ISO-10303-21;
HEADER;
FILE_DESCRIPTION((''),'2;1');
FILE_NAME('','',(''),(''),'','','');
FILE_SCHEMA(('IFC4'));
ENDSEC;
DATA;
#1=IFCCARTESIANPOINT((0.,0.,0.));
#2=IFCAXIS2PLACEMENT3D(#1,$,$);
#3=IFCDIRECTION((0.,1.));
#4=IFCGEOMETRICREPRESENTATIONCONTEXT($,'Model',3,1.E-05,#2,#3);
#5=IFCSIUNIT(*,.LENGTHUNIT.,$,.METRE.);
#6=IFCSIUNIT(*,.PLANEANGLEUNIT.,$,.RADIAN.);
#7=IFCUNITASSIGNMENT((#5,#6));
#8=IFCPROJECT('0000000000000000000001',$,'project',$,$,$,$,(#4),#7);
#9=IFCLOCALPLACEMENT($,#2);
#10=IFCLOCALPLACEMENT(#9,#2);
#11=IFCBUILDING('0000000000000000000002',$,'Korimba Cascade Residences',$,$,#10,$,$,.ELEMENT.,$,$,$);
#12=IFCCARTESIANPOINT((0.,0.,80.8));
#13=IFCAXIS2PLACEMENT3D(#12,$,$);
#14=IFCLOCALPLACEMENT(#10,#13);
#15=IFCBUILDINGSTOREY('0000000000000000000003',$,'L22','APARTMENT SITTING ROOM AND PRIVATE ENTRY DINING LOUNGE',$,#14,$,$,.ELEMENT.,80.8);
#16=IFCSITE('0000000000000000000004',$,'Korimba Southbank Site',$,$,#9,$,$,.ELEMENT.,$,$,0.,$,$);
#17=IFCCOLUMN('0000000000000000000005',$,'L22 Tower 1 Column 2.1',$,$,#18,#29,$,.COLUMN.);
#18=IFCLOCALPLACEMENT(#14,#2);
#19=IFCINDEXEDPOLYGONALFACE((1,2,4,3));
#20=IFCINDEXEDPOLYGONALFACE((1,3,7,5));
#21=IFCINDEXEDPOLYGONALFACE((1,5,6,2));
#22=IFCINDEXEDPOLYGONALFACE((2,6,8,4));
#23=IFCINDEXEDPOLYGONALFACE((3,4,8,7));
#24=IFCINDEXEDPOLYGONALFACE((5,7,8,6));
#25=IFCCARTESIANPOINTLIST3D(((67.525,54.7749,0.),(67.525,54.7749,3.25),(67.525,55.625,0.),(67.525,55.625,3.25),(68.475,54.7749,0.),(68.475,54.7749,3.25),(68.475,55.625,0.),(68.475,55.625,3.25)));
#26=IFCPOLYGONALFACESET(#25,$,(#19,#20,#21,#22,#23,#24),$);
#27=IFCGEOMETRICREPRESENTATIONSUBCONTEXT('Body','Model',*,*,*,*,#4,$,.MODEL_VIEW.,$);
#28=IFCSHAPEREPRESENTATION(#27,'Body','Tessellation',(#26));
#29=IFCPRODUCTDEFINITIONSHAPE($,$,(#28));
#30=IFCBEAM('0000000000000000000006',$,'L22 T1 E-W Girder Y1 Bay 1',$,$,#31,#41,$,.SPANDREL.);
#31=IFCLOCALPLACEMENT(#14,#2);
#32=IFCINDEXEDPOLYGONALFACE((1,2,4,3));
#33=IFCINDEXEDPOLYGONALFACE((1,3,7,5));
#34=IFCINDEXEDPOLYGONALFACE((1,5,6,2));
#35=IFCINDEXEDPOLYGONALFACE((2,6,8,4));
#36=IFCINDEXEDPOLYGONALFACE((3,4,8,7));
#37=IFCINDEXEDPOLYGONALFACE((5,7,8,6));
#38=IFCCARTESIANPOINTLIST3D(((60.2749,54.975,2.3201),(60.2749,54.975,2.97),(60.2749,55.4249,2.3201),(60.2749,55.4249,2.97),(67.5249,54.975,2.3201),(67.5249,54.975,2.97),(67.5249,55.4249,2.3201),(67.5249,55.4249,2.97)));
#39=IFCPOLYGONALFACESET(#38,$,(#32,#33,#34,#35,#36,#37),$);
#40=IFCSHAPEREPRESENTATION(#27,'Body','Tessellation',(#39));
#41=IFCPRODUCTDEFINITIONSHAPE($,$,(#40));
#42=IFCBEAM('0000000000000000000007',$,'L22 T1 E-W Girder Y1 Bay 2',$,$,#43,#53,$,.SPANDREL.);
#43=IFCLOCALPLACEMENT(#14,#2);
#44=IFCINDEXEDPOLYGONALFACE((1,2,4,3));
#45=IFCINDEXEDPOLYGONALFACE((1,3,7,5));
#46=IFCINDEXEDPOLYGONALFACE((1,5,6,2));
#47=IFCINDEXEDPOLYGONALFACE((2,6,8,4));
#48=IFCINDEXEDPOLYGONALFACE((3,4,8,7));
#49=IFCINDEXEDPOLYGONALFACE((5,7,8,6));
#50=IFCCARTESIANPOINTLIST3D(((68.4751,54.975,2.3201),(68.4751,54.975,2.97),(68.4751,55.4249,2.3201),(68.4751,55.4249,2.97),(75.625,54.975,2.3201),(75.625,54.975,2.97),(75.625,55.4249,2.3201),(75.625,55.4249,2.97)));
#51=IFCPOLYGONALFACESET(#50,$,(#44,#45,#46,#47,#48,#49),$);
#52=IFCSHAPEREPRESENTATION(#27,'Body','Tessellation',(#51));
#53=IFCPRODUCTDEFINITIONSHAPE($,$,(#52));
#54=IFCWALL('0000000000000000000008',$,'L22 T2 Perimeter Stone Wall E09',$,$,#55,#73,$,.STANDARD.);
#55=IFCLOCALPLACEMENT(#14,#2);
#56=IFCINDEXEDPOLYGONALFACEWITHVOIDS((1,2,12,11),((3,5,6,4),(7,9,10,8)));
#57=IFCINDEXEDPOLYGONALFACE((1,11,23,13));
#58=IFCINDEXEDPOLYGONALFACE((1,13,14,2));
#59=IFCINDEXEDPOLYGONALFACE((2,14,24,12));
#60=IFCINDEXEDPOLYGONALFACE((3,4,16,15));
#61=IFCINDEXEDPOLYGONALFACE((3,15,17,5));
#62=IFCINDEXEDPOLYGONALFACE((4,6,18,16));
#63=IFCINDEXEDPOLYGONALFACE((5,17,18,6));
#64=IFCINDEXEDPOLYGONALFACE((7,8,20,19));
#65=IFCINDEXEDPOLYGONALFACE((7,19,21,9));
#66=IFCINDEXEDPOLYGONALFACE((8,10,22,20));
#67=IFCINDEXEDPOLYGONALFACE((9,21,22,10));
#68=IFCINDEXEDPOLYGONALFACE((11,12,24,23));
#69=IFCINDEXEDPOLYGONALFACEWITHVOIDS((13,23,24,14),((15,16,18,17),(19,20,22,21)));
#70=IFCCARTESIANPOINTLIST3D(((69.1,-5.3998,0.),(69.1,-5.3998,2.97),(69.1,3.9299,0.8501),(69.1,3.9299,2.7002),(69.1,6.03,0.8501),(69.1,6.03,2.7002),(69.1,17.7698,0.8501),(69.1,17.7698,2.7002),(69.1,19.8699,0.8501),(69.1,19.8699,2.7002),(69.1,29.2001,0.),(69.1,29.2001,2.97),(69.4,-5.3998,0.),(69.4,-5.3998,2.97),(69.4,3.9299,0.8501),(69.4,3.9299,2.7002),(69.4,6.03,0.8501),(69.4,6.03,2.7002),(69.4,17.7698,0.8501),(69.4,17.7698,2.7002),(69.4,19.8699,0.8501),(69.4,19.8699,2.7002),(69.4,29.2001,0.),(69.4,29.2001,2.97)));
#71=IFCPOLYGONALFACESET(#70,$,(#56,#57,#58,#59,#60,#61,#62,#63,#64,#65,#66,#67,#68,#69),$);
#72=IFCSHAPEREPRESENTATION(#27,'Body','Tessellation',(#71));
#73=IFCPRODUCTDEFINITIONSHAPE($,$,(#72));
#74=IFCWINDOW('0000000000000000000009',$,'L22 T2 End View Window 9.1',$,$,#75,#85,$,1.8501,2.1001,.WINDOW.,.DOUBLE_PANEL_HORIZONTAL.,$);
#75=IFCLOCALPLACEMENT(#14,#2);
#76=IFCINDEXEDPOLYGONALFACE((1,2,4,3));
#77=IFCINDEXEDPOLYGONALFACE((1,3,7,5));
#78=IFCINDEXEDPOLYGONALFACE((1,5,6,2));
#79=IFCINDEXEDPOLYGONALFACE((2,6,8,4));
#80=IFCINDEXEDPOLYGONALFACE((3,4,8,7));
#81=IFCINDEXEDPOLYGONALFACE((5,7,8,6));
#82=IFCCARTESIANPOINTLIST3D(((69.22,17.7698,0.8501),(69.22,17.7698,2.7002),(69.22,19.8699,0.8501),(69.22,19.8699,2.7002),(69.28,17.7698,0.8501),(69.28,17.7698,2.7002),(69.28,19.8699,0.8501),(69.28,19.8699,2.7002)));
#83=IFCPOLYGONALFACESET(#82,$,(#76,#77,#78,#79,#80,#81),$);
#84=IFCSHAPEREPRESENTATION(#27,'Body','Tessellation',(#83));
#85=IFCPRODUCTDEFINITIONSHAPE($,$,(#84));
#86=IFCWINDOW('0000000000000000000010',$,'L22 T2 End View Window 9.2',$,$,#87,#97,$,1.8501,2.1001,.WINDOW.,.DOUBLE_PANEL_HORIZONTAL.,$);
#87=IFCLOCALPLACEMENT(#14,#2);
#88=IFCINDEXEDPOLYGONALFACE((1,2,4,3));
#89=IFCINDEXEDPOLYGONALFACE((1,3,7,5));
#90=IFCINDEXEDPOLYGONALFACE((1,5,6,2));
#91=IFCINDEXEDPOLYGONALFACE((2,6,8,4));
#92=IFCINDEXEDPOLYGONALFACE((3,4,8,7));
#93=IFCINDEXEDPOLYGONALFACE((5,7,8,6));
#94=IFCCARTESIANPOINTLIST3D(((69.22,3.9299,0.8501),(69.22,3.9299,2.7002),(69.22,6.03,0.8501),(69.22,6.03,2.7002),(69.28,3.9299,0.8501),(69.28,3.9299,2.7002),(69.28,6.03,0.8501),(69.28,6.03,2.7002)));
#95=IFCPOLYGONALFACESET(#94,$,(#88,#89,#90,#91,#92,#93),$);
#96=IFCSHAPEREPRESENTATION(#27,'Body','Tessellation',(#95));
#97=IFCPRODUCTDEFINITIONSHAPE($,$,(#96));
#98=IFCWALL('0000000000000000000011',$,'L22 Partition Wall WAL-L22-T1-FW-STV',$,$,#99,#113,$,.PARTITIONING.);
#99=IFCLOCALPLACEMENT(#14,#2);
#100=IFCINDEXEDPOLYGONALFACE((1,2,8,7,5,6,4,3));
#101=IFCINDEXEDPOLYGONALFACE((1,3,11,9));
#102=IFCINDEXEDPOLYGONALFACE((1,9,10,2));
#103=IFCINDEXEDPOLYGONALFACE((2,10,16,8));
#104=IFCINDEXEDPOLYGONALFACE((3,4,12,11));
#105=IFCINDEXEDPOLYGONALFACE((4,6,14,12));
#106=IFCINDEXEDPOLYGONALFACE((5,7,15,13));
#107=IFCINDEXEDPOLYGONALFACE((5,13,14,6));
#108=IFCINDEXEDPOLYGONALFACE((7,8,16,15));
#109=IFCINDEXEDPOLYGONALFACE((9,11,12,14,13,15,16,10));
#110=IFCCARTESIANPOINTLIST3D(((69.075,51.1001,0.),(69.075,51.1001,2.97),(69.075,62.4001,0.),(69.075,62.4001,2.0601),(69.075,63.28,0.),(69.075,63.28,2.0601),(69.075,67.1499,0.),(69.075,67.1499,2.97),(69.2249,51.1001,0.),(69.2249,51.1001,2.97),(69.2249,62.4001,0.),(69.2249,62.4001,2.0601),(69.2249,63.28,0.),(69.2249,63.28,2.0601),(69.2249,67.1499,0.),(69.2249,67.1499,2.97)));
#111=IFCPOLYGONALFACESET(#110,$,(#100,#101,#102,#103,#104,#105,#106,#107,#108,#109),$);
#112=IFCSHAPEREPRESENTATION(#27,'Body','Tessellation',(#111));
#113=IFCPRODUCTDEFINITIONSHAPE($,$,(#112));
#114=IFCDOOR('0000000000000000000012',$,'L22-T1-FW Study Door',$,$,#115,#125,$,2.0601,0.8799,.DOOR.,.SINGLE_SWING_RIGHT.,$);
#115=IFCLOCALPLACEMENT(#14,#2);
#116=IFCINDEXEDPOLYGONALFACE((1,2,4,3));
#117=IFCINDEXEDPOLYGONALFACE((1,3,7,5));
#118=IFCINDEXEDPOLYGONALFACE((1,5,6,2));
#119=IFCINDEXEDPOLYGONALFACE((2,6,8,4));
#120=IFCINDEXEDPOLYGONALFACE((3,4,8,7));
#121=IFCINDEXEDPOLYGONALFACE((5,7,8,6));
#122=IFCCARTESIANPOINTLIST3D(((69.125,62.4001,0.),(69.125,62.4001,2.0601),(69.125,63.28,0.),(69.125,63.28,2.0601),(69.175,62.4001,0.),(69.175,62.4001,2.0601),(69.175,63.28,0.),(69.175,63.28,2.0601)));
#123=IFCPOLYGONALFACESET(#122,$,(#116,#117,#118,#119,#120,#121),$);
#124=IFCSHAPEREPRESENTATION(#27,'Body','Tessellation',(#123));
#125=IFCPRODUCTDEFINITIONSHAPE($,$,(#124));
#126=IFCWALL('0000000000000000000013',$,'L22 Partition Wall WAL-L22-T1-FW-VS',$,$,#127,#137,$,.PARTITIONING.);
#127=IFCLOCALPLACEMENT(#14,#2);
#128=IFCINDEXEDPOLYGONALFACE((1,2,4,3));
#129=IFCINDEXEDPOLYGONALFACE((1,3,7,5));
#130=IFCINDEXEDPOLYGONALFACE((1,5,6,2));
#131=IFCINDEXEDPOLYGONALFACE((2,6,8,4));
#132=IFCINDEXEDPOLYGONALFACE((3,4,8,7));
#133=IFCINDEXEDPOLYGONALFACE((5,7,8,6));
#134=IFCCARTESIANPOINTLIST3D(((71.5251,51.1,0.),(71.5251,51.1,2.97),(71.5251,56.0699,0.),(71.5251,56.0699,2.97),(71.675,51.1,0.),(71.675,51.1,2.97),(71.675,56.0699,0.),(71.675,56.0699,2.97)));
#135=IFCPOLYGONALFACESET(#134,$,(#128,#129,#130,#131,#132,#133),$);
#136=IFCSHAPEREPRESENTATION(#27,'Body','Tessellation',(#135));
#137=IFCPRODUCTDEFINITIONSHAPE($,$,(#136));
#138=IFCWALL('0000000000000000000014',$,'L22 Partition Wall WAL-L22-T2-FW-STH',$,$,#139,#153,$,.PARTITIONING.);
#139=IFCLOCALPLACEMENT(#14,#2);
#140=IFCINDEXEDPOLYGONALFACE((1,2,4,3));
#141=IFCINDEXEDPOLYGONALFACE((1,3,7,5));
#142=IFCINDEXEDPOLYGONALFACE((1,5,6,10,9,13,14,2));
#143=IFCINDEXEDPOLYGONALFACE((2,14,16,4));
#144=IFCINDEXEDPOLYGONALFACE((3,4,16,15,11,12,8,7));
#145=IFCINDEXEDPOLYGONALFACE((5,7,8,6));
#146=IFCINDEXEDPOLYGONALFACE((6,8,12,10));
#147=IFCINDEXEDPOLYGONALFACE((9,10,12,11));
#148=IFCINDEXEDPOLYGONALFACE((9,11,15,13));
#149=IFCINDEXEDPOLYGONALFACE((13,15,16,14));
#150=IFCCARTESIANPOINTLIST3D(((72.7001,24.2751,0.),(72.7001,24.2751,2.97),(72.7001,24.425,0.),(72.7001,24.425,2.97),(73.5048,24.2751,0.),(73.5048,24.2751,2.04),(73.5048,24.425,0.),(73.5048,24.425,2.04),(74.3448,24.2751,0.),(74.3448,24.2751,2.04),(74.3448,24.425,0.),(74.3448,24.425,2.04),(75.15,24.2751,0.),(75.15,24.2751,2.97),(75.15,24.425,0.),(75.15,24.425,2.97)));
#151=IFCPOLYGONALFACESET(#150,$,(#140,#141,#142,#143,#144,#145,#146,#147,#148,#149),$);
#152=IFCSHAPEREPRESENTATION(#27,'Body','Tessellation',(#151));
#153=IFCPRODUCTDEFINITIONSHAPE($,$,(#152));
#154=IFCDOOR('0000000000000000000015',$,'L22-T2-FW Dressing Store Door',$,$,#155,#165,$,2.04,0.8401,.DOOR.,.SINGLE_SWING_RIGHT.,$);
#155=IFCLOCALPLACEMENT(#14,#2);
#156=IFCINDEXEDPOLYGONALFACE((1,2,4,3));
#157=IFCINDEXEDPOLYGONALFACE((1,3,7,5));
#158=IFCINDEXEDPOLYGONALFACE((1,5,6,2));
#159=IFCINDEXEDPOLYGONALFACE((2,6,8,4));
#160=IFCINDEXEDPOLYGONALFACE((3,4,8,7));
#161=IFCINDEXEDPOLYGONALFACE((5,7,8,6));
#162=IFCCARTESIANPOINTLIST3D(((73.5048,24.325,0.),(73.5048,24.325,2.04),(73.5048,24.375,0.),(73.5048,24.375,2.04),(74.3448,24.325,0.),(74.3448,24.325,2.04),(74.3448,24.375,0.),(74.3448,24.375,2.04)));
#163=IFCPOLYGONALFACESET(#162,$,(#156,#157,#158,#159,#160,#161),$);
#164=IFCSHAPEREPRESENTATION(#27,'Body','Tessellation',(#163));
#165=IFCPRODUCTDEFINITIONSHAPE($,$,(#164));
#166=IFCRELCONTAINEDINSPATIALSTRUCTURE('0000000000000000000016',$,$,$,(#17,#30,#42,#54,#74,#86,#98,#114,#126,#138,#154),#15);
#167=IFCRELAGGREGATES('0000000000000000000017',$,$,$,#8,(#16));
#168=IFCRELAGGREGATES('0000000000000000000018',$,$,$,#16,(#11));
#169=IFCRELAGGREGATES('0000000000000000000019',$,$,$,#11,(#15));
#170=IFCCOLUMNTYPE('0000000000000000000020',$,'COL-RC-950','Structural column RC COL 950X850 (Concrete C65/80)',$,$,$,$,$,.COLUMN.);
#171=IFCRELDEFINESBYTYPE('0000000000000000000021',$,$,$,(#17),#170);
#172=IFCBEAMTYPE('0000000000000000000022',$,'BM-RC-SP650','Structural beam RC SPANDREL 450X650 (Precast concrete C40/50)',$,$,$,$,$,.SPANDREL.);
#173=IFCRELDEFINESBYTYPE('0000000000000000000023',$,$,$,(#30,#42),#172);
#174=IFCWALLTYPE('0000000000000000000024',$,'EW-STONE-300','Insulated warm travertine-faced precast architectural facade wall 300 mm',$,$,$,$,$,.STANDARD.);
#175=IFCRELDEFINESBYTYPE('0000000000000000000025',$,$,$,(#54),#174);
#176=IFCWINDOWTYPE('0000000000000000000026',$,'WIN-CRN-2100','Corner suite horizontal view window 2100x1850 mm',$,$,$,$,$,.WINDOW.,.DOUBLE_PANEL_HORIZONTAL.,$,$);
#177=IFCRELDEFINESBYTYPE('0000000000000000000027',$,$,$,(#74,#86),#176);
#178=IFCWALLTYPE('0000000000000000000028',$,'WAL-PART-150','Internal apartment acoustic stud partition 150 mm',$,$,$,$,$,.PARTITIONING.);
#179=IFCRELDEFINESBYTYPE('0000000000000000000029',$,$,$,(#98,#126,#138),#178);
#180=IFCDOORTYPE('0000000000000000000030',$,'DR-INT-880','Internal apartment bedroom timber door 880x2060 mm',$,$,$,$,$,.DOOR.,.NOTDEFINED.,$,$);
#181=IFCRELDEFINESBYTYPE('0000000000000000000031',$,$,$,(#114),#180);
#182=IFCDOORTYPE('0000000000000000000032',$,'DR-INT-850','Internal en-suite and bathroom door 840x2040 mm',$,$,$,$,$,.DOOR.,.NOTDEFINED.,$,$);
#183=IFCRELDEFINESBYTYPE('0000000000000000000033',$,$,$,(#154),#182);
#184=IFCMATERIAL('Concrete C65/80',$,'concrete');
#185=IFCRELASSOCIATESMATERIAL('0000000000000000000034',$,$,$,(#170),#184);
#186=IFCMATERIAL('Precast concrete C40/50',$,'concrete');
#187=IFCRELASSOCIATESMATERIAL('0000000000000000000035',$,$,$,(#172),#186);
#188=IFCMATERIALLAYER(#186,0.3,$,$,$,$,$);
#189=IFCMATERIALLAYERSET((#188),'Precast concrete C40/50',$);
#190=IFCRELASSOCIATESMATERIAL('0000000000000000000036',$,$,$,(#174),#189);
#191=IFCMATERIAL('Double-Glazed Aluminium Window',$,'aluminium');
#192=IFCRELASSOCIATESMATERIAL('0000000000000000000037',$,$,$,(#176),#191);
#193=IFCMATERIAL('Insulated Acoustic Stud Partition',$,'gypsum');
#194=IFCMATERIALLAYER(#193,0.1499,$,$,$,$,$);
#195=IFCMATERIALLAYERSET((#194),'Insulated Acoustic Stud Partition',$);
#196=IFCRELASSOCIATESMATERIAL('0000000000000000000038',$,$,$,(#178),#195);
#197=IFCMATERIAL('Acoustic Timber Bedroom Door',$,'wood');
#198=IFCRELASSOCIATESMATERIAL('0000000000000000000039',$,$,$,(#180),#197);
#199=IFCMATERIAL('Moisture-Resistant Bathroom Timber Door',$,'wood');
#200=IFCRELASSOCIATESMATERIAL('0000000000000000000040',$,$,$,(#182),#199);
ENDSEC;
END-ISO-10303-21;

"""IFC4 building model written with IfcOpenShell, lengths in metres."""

from ifc_helpers import new_model, si_unit, direction, frame, frame_2d, origin, origin_2d, place, context, subcontext, project, spatial, rectangle, extrude, material, layer, layer_set, material_profile, profile_set, type_object, element, fill, save


model = new_model("IFC4")

# Units and contexts
model_context = context("Model", 3, precision=1e-05, world=origin(), true_north=direction((0.0, 1.0)))
body_context = subcontext(model_context, "Body", "Model", "MODEL_VIEW")
ifc_project = project(units=[si_unit("LENGTHUNIT", "METRE"), si_unit("PLANEANGLEUNIT", "RADIAN")], contexts=[model_context])

# Site, building, storey
site_placement = place(None, origin())
site = spatial("IfcSite", under=ifc_project, at=site_placement, Name="Korimba Southbank Site", CompositionType="ELEMENT", RefElevation=0.0)
building_placement = place(site_placement, origin())
building = spatial("IfcBuilding", under=site, at=building_placement, Name="Korimba Cascade Residences", CompositionType="ELEMENT")
storey_placement = place(building_placement, frame((0.0, 0.0, 80.8)))
storey = spatial("IfcBuildingStorey", under=building, at=storey_placement, Name="L22", Description="APARTMENT SITTING ROOM AND PRIVATE ENTRY DINING LOUNGE", CompositionType="ELEMENT", Elevation=80.8)

# Column
ifc_material_1 = material(Name="Concrete C65/80", Category="concrete")
ifc_material_profile_1 = material_profile(ifc_material_1, rectangle(XDim=0.95, YDim=0.8501, at=origin_2d()), Name="Concrete C65/80")
ifc_profile_set_1 = profile_set([ifc_material_profile_1], Name="Concrete C65/80")
column_type = type_object("IfcColumnType", Name="COL-RC-950", Description="Structural column RC COL 950X850 (Concrete C65/80)", PredefinedType="COLUMN", material=ifc_profile_set_1)
column_placement = place(storey_placement, frame((68.0, 55.2, 0.0), z_axis=(0.0, 0.0, 1.0), x_axis=(1.0, 0.0, 0.0)))
element("IfcColumn", 1, at=column_placement, inside=storey, type_object=column_type, Name="L22 Tower 1 Column 2.1", PredefinedType="COLUMN", context=body_context, shape_type="SweptSolid", body=[
    extrude(rectangle(XDim=0.95, YDim=0.8501, at=origin_2d()), origin(), (0.0, 0.0, 1.0), 3.25),
])

# Beams
ifc_material_2 = material(Name="Precast concrete C40/50", Category="concrete")
ifc_material_profile_2 = material_profile(ifc_material_2, rectangle(XDim=0.45, YDim=0.6499, at=origin_2d()), Name="Precast concrete C40/50")
ifc_profile_set_2 = profile_set([ifc_material_profile_2], Name="Precast concrete C40/50")
beam_type = type_object("IfcBeamType", Name="BM-RC-SP650", Description="Structural beam RC SPANDREL 450X650 (Precast concrete C40/50)", PredefinedType="SPANDREL", material=ifc_profile_set_2)
beam_1_placement = place(storey_placement, frame((60.2749, 55.2, 2.645), z_axis=(1.0, 0.0, 0.0), x_axis=(0.0, 1.0, 0.0)))
element("IfcBeam", 2, at=beam_1_placement, inside=storey, type_object=beam_type, Name="L22 T1 E-W Girder Y1 Bay 1", PredefinedType="SPANDREL", context=body_context, shape_type="SweptSolid", body=[
    extrude(rectangle(XDim=0.45, YDim=0.6499, at=origin_2d()), origin(), (0.0, 0.0, 1.0), 7.25),
])
beam_2_placement = place(storey_placement, frame((68.4751, 55.2, 2.645), z_axis=(1.0, 0.0, 0.0), x_axis=(0.0, 1.0, 0.0)))
element("IfcBeam", 3, at=beam_2_placement, inside=storey, type_object=beam_type, Name="L22 T1 E-W Girder Y1 Bay 2", PredefinedType="SPANDREL", context=body_context, shape_type="SweptSolid", body=[
    extrude(rectangle(XDim=0.45, YDim=0.6499, at=origin_2d()), origin(), (0.0, 0.0, 1.0), 7.1499),
])

# Wall, openings, windows
ifc_layer_1 = layer(ifc_material_2, 0.3)
ifc_layer_set_1 = layer_set([ifc_layer_1], Name="Precast concrete C40/50")
wall_type_1 = type_object("IfcWallType", Name="EW-STONE-300", Description="Insulated warm travertine-faced precast architectural facade wall 300 mm", PredefinedType="STANDARD", material=ifc_layer_set_1)
wall_1_placement = place(storey_placement, frame((69.25, 29.2, 0.0), z_axis=(0.0, 0.0, 1.0), x_axis=(0.0, -1.0, 0.0)))
wall_1 = element("IfcWall", 4, at=wall_1_placement, inside=storey, type_object=wall_type_1, Name="L22 T2 Perimeter Stone Wall E09", PredefinedType="STANDARD", context=body_context, shape_type="SweptSolid", body=[
    extrude(rectangle(XDim=34.5999, YDim=0.3, at=frame_2d((17.2998, 0.0))), origin(), (0.0, 0.0, 1.0), 2.97),
])
opening_1_placement = place(wall_1_placement, frame((9.3301, 0.0, 0.8501)))
opening_1 = element("IfcOpeningElement", 5, at=opening_1_placement, cuts=wall_1, PredefinedType="OPENING", context=body_context, shape_type="SweptSolid", body=[
    extrude(rectangle(XDim=2.1001, YDim=1.8501, at=frame_2d((1.05, 0.925))), frame((0.0, 0.1602, 0.0), z_axis=(0.0, -1.0, 0.0), x_axis=(1.0, 0.0, 0.0)), (0.0, 0.0, 1.0), 0.3201),
])
opening_2_placement = place(wall_1_placement, frame((23.1699, 0.0, 0.8501)))
opening_2 = element("IfcOpeningElement", 6, at=opening_2_placement, cuts=wall_1, PredefinedType="OPENING", context=body_context, shape_type="SweptSolid", body=[
    extrude(rectangle(XDim=2.1001, YDim=1.8501, at=frame_2d((1.05, 0.925))), frame((0.0, 0.1602, 0.0), z_axis=(0.0, -1.0, 0.0), x_axis=(1.0, 0.0, 0.0)), (0.0, 0.0, 1.0), 0.3201),
])
ifc_material_3 = material(Name="Double-Glazed Aluminium Window", Category="aluminium")
window_type = type_object("IfcWindowType", Name="WIN-CRN-2100", Description="Corner suite horizontal view window 2100x1850 mm", PartitioningType="DOUBLE_PANEL_HORIZONTAL", PredefinedType="WINDOW", material=ifc_material_3)
window_1_placement = place(opening_1_placement, origin())
window_1 = element("IfcWindow", 7, at=window_1_placement, inside=storey, type_object=window_type, Name="L22 T2 End View Window 9.1", OverallHeight=1.8501, OverallWidth=2.1001, PartitioningType="DOUBLE_PANEL_HORIZONTAL", PredefinedType="WINDOW", context=body_context, shape_type="SweptSolid", body=[
    extrude(rectangle(XDim=2.1001, YDim=1.8501, at=frame_2d((1.05, 0.925))), frame((0.0, 0.03, 0.0), z_axis=(0.0, -1.0, 0.0), x_axis=(1.0, 0.0, 0.0)), (0.0, 0.0, 1.0), 0.0601),
])
fill(opening_1, window_1)
window_2_placement = place(opening_2_placement, origin())
window_2 = element("IfcWindow", 8, at=window_2_placement, inside=storey, type_object=window_type, Name="L22 T2 End View Window 9.2", OverallHeight=1.8501, OverallWidth=2.1001, PartitioningType="DOUBLE_PANEL_HORIZONTAL", PredefinedType="WINDOW", context=body_context, shape_type="SweptSolid", body=[
    extrude(rectangle(XDim=2.1001, YDim=1.8501, at=frame_2d((1.05, 0.925))), frame((0.0, 0.03, 0.0), z_axis=(0.0, -1.0, 0.0), x_axis=(1.0, 0.0, 0.0)), (0.0, 0.0, 1.0), 0.0601),
])
fill(opening_2, window_2)

# Wall, opening, door
ifc_material_4 = material(Name="Insulated Acoustic Stud Partition", Category="gypsum")
ifc_layer_2 = layer(ifc_material_4, 0.1499)
ifc_layer_set_2 = layer_set([ifc_layer_2], Name="Insulated Acoustic Stud Partition")
wall_type_2 = type_object("IfcWallType", Name="WAL-PART-150", Description="Internal apartment acoustic stud partition 150 mm", PredefinedType="PARTITIONING", material=ifc_layer_set_2)
wall_2_placement = place(storey_placement, frame((69.1499, 51.1001, 0.0), z_axis=(0.0, 0.0, 1.0), x_axis=(0.0, 1.0, 0.0)))
wall_2 = element("IfcWall", 9, at=wall_2_placement, inside=storey, type_object=wall_type_2, Name="L22 Partition Wall WAL-L22-T1-FW-STV", PredefinedType="PARTITIONING", context=body_context, shape_type="SweptSolid", body=[
    extrude(rectangle(XDim=16.0498, YDim=0.1499, at=frame_2d((8.0249, 0.0))), origin(), (0.0, 0.0, 1.0), 2.97),
])
opening_3_placement = place(wall_2_placement, frame((11.3, 0.0, 0.0)))
opening_3 = element("IfcOpeningElement", 10, at=opening_3_placement, cuts=wall_2, PredefinedType="OPENING", context=body_context, shape_type="SweptSolid", body=[
    extrude(rectangle(XDim=0.8799, YDim=2.0601, at=frame_2d((0.4399, 1.03))), frame((0.0, 0.085, 0.0), z_axis=(0.0, -1.0, 0.0), x_axis=(1.0, 0.0, 0.0)), (0.0, 0.0, 1.0), 0.1699),
])
ifc_material_5 = material(Name="Acoustic Timber Bedroom Door", Category="wood")
door_type_1 = type_object("IfcDoorType", Name="DR-INT-880", Description="Internal apartment bedroom timber door 880x2060 mm", OperationType="NOTDEFINED", PredefinedType="DOOR", material=ifc_material_5)
door_1_placement = place(opening_3_placement, origin())
door_1 = element("IfcDoor", 11, at=door_1_placement, inside=storey, type_object=door_type_1, Name="L22-T1-FW Study Door", OperationType="SINGLE_SWING_RIGHT", OverallHeight=2.0601, OverallWidth=0.8799, PredefinedType="DOOR", context=body_context, shape_type="SweptSolid", body=[
    extrude(rectangle(XDim=0.8799, YDim=2.0601, at=frame_2d((0.4399, 1.03))), frame((0.0, 0.0249, 0.0), z_axis=(0.0, -1.0, 0.0), x_axis=(1.0, 0.0, 0.0)), (0.0, 0.0, 1.0), 0.05),
])
fill(opening_3, door_1)

# Wall
wall_3_placement = place(storey_placement, frame((71.6001, 51.1001, 0.0), z_axis=(0.0, 0.0, 1.0), x_axis=(0.0, 1.0, 0.0)))
element("IfcWall", 12, at=wall_3_placement, inside=storey, type_object=wall_type_2, Name="L22 Partition Wall WAL-L22-T1-FW-VS", PredefinedType="PARTITIONING", context=body_context, shape_type="SweptSolid", body=[
    extrude(rectangle(XDim=4.97, YDim=0.1499, at=frame_2d((2.4849, 0.0))), origin(), (0.0, 0.0, 1.0), 2.97),
])

# Wall, opening, door
wall_4_placement = place(storey_placement, frame((72.7, 24.3501, 0.0), z_axis=(0.0, 0.0, 1.0), x_axis=(1.0, 0.0, 0.0)))
wall_4 = element("IfcWall", 13, at=wall_4_placement, inside=storey, type_object=wall_type_2, Name="L22 Partition Wall WAL-L22-T2-FW-STH", PredefinedType="PARTITIONING", context=body_context, shape_type="SweptSolid", body=[
    extrude(rectangle(XDim=2.45, YDim=0.1499, at=frame_2d((1.2251, 0.0))), origin(), (0.0, 0.0, 1.0), 2.97),
])
opening_4_placement = place(wall_4_placement, frame((0.8049, 0.0, 0.0)))
opening_4 = element("IfcOpeningElement", 14, at=opening_4_placement, cuts=wall_4, PredefinedType="OPENING", context=body_context, shape_type="SweptSolid", body=[
    extrude(rectangle(XDim=0.8401, YDim=2.04, at=frame_2d((0.4199, 1.02))), frame((0.0, 0.085, 0.0), z_axis=(0.0, -1.0, 0.0), x_axis=(1.0, 0.0, 0.0)), (0.0, 0.0, 1.0), 0.1699),
])
ifc_material_6 = material(Name="Moisture-Resistant Bathroom Timber Door", Category="wood")
door_type_2 = type_object("IfcDoorType", Name="DR-INT-850", Description="Internal en-suite and bathroom door 840x2040 mm", OperationType="NOTDEFINED", PredefinedType="DOOR", material=ifc_material_6)
door_2_placement = place(opening_4_placement, origin())
door_2 = element("IfcDoor", 15, at=door_2_placement, inside=storey, type_object=door_type_2, Name="L22-T2-FW Dressing Store Door", OperationType="SINGLE_SWING_RIGHT", OverallHeight=2.04, OverallWidth=0.8401, PredefinedType="DOOR", context=body_context, shape_type="SweptSolid", body=[
    extrude(rectangle(XDim=0.8401, YDim=2.04, at=frame_2d((0.4199, 1.02))), frame((0.0, 0.0249, 0.0), z_axis=(0.0, -1.0, 0.0), x_axis=(1.0, 0.0, 0.0)), (0.0, 0.0, 1.0), 0.05),
])
fill(opening_4, door_2)

save(model, "model.ifc")
